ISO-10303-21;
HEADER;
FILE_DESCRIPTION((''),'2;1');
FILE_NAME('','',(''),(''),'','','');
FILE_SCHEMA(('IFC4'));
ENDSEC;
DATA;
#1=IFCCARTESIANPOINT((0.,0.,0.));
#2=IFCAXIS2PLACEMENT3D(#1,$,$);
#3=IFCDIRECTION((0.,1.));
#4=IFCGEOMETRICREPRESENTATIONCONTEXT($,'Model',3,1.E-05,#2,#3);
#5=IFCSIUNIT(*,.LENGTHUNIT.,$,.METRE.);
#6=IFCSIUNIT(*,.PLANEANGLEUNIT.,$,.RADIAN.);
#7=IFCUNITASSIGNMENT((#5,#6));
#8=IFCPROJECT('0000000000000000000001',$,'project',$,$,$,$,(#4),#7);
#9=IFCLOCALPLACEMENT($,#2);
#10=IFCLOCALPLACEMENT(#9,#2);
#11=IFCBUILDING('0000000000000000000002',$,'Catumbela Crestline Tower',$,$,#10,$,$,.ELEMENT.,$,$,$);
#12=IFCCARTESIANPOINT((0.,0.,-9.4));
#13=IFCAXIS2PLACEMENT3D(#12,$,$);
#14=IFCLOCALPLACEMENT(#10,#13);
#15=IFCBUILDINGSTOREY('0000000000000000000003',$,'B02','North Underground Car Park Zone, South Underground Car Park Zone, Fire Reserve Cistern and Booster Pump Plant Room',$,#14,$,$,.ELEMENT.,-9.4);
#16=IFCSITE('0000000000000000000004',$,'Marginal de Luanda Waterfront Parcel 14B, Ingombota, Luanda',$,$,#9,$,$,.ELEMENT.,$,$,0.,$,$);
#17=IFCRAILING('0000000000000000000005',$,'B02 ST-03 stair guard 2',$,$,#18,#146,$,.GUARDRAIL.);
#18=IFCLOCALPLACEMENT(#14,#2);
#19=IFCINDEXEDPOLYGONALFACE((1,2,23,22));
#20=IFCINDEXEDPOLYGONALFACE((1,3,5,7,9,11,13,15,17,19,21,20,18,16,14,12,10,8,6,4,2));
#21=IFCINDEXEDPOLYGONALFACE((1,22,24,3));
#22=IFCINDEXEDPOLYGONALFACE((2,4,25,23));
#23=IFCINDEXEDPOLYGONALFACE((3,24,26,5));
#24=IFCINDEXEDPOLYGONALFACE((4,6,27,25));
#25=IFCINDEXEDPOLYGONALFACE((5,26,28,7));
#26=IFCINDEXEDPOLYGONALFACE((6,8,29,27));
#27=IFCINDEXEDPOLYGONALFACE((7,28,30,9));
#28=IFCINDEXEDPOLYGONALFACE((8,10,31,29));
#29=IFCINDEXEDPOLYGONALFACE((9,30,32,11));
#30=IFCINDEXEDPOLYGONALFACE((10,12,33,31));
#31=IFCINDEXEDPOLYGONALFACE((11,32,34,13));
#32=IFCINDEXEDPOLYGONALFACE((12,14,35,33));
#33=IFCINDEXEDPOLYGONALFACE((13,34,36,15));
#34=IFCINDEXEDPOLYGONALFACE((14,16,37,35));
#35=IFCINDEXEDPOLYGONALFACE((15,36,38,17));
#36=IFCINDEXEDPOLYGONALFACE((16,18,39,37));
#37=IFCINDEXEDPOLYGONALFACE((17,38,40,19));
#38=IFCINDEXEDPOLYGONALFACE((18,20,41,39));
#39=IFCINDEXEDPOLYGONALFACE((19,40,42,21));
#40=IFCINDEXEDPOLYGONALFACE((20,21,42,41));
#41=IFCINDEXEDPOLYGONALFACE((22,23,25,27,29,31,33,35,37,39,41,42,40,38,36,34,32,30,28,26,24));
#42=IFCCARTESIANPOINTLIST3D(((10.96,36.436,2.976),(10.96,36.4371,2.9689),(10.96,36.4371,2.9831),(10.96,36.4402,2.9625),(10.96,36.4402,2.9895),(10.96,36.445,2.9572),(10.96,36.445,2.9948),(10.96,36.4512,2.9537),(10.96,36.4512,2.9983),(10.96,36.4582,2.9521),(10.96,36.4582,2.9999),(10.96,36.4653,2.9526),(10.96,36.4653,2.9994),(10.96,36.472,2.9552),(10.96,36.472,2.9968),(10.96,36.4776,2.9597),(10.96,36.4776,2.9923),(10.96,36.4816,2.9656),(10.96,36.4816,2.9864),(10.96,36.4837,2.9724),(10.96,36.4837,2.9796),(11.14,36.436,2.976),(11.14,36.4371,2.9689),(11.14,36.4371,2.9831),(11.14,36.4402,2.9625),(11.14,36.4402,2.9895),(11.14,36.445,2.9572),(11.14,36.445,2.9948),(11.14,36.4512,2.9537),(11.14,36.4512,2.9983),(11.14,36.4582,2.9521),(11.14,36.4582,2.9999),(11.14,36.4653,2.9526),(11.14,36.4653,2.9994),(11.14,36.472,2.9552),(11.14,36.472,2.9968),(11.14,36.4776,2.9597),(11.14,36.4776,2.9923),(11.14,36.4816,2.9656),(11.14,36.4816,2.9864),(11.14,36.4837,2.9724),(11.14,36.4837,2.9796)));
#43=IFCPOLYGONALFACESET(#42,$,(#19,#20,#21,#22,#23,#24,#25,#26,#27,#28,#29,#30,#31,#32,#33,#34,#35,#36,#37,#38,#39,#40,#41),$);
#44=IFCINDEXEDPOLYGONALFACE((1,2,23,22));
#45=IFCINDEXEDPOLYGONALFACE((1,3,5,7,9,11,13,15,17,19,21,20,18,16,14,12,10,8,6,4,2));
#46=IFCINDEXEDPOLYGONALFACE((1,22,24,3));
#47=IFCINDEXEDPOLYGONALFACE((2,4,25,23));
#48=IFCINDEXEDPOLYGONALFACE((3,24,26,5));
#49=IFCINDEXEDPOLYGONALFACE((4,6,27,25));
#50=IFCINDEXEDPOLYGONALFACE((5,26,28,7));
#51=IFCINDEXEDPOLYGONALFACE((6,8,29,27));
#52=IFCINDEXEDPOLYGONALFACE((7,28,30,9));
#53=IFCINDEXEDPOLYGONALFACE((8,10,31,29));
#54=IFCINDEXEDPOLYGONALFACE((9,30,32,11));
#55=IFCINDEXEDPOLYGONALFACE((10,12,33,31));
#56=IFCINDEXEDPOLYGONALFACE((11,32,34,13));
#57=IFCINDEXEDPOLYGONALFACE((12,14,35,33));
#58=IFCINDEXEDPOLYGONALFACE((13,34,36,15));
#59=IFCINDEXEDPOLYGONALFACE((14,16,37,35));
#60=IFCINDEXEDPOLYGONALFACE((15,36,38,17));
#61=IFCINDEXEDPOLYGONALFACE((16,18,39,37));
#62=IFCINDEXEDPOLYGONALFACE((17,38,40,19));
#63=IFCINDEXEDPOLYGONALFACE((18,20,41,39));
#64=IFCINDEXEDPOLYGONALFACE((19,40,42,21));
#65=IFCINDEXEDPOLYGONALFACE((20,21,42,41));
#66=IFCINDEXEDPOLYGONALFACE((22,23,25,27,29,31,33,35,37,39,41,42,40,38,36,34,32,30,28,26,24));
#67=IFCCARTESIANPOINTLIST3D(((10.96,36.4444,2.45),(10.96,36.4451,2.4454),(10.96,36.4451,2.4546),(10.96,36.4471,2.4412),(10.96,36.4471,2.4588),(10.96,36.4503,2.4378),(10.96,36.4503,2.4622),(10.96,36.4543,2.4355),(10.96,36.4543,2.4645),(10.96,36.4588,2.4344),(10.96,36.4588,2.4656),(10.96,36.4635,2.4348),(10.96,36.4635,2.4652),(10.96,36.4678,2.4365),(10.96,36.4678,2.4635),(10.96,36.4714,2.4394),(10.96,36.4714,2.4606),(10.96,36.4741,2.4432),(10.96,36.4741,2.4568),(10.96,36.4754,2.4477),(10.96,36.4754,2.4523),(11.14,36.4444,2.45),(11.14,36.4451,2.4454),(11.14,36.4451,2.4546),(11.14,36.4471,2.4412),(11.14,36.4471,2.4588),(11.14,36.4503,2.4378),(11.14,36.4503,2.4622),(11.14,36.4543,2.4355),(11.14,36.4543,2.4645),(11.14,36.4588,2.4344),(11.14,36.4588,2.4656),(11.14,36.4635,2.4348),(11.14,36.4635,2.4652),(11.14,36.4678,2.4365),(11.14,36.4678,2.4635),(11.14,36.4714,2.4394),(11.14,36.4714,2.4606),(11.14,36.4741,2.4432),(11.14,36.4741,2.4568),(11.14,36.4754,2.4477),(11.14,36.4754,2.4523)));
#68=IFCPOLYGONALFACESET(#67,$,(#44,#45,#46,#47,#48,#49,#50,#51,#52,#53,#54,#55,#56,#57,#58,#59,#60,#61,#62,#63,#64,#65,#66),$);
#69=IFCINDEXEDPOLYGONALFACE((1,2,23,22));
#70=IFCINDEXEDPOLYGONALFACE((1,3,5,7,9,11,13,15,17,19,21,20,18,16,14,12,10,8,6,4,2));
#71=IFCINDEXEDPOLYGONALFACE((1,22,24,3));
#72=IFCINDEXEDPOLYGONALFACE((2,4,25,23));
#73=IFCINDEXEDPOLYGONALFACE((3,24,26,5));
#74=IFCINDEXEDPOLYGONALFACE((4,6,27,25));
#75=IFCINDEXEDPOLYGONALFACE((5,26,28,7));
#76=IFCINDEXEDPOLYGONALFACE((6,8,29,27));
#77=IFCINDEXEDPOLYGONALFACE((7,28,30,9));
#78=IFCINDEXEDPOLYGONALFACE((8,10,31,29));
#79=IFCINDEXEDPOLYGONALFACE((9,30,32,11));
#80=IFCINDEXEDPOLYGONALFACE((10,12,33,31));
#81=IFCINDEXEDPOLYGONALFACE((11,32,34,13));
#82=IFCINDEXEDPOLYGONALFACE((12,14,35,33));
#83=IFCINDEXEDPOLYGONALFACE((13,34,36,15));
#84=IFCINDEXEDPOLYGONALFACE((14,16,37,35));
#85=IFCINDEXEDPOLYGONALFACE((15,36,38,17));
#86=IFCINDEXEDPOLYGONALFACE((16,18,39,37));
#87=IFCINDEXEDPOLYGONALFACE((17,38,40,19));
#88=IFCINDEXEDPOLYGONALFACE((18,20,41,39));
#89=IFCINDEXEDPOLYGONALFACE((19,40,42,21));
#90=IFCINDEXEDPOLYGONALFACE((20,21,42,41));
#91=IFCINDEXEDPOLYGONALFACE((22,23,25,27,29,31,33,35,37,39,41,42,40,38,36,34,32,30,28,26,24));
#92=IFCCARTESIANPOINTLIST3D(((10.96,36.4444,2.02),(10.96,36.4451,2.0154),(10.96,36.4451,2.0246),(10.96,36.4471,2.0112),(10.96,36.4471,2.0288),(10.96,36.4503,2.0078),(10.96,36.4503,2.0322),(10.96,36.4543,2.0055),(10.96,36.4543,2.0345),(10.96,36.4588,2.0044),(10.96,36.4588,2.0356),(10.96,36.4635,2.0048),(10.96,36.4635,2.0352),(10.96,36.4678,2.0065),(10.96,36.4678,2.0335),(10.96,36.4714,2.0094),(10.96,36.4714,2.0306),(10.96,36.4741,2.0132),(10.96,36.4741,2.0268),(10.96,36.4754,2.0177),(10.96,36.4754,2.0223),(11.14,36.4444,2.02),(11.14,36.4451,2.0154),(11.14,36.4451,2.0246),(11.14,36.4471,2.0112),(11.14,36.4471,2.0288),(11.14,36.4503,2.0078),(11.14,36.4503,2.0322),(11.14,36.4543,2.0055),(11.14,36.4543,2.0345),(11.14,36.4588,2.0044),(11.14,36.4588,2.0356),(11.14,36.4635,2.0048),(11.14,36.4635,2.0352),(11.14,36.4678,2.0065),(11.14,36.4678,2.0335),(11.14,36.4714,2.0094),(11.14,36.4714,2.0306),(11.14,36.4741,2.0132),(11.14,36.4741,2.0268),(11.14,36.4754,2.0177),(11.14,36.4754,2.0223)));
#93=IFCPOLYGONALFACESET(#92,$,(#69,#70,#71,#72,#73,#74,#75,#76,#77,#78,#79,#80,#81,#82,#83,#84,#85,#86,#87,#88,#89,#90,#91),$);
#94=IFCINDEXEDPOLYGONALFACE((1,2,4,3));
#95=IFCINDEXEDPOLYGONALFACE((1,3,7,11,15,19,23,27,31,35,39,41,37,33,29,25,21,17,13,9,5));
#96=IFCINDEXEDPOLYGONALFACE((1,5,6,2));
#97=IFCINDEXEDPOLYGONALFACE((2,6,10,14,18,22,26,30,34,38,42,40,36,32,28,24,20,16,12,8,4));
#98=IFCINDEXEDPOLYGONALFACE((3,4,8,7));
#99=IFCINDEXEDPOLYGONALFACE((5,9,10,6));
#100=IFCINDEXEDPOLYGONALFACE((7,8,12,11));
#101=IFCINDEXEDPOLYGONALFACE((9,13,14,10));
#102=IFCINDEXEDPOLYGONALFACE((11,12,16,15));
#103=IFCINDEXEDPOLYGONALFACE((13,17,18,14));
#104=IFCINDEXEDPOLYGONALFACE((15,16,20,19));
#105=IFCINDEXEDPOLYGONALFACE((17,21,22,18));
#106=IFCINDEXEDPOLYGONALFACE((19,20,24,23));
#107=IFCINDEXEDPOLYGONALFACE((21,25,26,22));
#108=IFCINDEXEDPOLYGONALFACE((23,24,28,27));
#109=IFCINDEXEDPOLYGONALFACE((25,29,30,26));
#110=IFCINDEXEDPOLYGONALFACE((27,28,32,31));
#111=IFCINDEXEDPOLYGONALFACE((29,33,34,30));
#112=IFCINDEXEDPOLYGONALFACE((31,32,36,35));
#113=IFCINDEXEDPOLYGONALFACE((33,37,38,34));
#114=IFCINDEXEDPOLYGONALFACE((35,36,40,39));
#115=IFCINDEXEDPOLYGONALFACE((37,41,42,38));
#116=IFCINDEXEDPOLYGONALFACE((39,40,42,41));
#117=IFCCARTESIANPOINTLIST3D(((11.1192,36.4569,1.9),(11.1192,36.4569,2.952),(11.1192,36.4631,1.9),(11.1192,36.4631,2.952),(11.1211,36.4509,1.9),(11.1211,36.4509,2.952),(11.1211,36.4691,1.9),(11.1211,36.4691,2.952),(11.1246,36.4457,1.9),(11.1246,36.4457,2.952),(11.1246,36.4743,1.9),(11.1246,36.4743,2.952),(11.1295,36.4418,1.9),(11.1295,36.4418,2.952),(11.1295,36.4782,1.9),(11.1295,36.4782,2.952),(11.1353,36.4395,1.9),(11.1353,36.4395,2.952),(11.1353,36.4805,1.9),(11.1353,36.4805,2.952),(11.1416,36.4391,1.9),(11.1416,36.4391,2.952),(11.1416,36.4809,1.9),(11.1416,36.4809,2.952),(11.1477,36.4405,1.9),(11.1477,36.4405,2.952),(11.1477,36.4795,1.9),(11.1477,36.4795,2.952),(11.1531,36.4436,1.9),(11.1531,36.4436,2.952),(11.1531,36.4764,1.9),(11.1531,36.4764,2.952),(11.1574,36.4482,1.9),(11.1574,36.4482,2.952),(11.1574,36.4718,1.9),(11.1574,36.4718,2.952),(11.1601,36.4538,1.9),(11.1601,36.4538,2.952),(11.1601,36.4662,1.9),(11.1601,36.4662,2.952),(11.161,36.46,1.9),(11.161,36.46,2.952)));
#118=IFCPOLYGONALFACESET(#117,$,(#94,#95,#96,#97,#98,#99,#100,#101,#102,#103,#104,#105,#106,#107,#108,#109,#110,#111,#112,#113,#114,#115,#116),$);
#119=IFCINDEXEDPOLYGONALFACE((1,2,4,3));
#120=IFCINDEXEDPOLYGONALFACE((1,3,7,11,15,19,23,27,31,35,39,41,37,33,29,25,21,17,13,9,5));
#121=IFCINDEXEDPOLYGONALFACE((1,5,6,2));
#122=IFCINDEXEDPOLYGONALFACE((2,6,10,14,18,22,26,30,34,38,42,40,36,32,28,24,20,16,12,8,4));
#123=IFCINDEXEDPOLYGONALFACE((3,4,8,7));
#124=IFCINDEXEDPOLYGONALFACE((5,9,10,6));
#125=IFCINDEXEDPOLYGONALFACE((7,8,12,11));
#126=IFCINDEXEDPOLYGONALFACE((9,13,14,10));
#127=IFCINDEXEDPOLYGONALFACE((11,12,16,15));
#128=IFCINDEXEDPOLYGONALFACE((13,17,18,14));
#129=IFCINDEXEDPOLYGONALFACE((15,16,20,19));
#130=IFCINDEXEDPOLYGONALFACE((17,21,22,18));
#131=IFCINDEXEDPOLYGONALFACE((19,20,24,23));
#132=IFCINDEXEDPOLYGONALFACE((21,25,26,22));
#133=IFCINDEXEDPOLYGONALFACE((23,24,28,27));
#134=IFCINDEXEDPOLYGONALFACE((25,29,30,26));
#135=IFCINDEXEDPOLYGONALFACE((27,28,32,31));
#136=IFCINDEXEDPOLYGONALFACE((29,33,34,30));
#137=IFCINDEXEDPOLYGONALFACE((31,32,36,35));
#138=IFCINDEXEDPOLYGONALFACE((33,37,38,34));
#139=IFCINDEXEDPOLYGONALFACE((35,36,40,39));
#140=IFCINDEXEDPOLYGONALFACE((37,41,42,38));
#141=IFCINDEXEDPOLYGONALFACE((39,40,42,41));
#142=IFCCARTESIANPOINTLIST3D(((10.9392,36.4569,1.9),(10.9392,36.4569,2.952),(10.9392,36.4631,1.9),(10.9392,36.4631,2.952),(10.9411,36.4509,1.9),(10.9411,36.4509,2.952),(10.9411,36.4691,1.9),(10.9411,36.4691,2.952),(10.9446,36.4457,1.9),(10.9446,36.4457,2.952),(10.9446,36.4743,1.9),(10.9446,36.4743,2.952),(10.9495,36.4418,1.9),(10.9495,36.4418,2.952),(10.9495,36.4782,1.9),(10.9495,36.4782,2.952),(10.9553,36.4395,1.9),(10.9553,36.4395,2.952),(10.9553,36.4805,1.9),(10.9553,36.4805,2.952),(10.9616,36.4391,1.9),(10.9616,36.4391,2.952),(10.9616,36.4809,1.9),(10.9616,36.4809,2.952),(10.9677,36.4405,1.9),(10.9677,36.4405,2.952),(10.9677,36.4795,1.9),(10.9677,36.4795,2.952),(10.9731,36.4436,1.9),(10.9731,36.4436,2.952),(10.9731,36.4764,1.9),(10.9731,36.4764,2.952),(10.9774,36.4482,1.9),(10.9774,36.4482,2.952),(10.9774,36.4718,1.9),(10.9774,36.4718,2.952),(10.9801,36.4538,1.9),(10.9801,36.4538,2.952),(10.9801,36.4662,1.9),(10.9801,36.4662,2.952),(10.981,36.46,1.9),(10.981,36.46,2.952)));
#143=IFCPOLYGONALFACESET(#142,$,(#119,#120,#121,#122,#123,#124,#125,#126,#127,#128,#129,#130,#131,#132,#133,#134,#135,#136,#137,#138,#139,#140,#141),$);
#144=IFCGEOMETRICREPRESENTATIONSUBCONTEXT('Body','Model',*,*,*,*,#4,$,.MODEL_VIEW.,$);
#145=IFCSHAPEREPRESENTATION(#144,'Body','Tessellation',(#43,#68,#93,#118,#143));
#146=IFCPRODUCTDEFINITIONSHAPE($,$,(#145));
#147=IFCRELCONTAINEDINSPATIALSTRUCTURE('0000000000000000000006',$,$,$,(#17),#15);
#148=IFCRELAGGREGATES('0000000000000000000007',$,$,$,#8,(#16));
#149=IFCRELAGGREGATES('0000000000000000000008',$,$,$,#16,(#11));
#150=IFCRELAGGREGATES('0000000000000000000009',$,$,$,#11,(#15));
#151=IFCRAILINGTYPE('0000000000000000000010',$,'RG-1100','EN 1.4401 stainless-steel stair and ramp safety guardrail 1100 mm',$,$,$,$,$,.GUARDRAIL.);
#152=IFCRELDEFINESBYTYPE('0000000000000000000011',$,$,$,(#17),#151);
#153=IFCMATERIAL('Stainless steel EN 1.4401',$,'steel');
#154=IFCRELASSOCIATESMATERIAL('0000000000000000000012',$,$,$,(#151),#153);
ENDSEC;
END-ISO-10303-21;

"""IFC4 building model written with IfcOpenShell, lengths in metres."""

from ifc_helpers import new_model, si_unit, direction, frame, origin, origin_2d, place, context, subcontext, project, spatial, circle, extrude, material, type_object, element, save


model = new_model("IFC4")

# Units and contexts
model_context = context("Model", 3, precision=1e-05, world=origin(), true_north=direction((0.0, 1.0)))
body_context = subcontext(model_context, "Body", "Model", "MODEL_VIEW")
ifc_project = project(units=[si_unit("LENGTHUNIT", "METRE"), si_unit("PLANEANGLEUNIT", "RADIAN")], contexts=[model_context])

# Site, building, storey
site_placement = place(None, origin())
site = spatial("IfcSite", under=ifc_project, at=site_placement, Name="Marginal de Luanda Waterfront Parcel 14B, Ingombota, Luanda", CompositionType="ELEMENT", RefElevation=0.0)
building_placement = place(site_placement, origin())
building = spatial("IfcBuilding", under=site, at=building_placement, Name="Catumbela Crestline Tower", CompositionType="ELEMENT")
storey_placement = place(building_placement, frame((0.0, 0.0, -9.4)))
storey = spatial("IfcBuildingStorey", under=building, at=storey_placement, Name="B02", Description="North Underground Car Park Zone, South Underground Car Park Zone, Fire Reserve Cistern and Booster Pump Plant Room", CompositionType="ELEMENT", Elevation=-9.4)

# Shared definitions
ifc_material_1 = material(Name="Stainless steel EN 1.4401", Category="steel")

# Railing
railing_type_1 = type_object("IfcRailingType", Name="RG-1100", Description="EN 1.4401 stainless-steel stair and ramp safety guardrail 1100 mm", PredefinedType="GUARDRAIL", material=ifc_material_1)
railing_1_placement = place(storey_placement, frame((11.14, 36.46, 1.9)))
element("IfcRailing", 1, at=railing_1_placement, inside=storey, type_object=railing_type_1, Name="B02 ST-03 stair guard 2", PredefinedType="GUARDRAIL", context=body_context, shape_type="SweptSolid", body=[
    extrude(circle(Radius=0.024, at=origin_2d()), frame((0.0, 0.0, 1.076), z_axis=(-1.0, 0.0, 0.0), x_axis=(0.0, -1.0, 0.0)), (0.0, 0.0, 1.0), 0.18),
    extrude(circle(Radius=0.0156, at=origin_2d()), frame((0.0, 0.0, 0.55), z_axis=(-1.0, 0.0, 0.0), x_axis=(0.0, -1.0, 0.0)), (0.0, 0.0, 1.0), 0.18),
    extrude(circle(Radius=0.0156, at=origin_2d()), frame((0.0, 0.0, 0.12), z_axis=(-1.0, 0.0, 0.0), x_axis=(0.0, -1.0, 0.0)), (0.0, 0.0, 1.0), 0.18),
    extrude(circle(Radius=0.021, at=origin_2d()), origin(), (0.0, 0.0, 1.0), 1.052),
    extrude(circle(Radius=0.021, at=origin_2d()), frame((-0.18, 0.0, 0.0)), (0.0, 0.0, 1.0), 1.052),
])

save(model, "model.ifc")
